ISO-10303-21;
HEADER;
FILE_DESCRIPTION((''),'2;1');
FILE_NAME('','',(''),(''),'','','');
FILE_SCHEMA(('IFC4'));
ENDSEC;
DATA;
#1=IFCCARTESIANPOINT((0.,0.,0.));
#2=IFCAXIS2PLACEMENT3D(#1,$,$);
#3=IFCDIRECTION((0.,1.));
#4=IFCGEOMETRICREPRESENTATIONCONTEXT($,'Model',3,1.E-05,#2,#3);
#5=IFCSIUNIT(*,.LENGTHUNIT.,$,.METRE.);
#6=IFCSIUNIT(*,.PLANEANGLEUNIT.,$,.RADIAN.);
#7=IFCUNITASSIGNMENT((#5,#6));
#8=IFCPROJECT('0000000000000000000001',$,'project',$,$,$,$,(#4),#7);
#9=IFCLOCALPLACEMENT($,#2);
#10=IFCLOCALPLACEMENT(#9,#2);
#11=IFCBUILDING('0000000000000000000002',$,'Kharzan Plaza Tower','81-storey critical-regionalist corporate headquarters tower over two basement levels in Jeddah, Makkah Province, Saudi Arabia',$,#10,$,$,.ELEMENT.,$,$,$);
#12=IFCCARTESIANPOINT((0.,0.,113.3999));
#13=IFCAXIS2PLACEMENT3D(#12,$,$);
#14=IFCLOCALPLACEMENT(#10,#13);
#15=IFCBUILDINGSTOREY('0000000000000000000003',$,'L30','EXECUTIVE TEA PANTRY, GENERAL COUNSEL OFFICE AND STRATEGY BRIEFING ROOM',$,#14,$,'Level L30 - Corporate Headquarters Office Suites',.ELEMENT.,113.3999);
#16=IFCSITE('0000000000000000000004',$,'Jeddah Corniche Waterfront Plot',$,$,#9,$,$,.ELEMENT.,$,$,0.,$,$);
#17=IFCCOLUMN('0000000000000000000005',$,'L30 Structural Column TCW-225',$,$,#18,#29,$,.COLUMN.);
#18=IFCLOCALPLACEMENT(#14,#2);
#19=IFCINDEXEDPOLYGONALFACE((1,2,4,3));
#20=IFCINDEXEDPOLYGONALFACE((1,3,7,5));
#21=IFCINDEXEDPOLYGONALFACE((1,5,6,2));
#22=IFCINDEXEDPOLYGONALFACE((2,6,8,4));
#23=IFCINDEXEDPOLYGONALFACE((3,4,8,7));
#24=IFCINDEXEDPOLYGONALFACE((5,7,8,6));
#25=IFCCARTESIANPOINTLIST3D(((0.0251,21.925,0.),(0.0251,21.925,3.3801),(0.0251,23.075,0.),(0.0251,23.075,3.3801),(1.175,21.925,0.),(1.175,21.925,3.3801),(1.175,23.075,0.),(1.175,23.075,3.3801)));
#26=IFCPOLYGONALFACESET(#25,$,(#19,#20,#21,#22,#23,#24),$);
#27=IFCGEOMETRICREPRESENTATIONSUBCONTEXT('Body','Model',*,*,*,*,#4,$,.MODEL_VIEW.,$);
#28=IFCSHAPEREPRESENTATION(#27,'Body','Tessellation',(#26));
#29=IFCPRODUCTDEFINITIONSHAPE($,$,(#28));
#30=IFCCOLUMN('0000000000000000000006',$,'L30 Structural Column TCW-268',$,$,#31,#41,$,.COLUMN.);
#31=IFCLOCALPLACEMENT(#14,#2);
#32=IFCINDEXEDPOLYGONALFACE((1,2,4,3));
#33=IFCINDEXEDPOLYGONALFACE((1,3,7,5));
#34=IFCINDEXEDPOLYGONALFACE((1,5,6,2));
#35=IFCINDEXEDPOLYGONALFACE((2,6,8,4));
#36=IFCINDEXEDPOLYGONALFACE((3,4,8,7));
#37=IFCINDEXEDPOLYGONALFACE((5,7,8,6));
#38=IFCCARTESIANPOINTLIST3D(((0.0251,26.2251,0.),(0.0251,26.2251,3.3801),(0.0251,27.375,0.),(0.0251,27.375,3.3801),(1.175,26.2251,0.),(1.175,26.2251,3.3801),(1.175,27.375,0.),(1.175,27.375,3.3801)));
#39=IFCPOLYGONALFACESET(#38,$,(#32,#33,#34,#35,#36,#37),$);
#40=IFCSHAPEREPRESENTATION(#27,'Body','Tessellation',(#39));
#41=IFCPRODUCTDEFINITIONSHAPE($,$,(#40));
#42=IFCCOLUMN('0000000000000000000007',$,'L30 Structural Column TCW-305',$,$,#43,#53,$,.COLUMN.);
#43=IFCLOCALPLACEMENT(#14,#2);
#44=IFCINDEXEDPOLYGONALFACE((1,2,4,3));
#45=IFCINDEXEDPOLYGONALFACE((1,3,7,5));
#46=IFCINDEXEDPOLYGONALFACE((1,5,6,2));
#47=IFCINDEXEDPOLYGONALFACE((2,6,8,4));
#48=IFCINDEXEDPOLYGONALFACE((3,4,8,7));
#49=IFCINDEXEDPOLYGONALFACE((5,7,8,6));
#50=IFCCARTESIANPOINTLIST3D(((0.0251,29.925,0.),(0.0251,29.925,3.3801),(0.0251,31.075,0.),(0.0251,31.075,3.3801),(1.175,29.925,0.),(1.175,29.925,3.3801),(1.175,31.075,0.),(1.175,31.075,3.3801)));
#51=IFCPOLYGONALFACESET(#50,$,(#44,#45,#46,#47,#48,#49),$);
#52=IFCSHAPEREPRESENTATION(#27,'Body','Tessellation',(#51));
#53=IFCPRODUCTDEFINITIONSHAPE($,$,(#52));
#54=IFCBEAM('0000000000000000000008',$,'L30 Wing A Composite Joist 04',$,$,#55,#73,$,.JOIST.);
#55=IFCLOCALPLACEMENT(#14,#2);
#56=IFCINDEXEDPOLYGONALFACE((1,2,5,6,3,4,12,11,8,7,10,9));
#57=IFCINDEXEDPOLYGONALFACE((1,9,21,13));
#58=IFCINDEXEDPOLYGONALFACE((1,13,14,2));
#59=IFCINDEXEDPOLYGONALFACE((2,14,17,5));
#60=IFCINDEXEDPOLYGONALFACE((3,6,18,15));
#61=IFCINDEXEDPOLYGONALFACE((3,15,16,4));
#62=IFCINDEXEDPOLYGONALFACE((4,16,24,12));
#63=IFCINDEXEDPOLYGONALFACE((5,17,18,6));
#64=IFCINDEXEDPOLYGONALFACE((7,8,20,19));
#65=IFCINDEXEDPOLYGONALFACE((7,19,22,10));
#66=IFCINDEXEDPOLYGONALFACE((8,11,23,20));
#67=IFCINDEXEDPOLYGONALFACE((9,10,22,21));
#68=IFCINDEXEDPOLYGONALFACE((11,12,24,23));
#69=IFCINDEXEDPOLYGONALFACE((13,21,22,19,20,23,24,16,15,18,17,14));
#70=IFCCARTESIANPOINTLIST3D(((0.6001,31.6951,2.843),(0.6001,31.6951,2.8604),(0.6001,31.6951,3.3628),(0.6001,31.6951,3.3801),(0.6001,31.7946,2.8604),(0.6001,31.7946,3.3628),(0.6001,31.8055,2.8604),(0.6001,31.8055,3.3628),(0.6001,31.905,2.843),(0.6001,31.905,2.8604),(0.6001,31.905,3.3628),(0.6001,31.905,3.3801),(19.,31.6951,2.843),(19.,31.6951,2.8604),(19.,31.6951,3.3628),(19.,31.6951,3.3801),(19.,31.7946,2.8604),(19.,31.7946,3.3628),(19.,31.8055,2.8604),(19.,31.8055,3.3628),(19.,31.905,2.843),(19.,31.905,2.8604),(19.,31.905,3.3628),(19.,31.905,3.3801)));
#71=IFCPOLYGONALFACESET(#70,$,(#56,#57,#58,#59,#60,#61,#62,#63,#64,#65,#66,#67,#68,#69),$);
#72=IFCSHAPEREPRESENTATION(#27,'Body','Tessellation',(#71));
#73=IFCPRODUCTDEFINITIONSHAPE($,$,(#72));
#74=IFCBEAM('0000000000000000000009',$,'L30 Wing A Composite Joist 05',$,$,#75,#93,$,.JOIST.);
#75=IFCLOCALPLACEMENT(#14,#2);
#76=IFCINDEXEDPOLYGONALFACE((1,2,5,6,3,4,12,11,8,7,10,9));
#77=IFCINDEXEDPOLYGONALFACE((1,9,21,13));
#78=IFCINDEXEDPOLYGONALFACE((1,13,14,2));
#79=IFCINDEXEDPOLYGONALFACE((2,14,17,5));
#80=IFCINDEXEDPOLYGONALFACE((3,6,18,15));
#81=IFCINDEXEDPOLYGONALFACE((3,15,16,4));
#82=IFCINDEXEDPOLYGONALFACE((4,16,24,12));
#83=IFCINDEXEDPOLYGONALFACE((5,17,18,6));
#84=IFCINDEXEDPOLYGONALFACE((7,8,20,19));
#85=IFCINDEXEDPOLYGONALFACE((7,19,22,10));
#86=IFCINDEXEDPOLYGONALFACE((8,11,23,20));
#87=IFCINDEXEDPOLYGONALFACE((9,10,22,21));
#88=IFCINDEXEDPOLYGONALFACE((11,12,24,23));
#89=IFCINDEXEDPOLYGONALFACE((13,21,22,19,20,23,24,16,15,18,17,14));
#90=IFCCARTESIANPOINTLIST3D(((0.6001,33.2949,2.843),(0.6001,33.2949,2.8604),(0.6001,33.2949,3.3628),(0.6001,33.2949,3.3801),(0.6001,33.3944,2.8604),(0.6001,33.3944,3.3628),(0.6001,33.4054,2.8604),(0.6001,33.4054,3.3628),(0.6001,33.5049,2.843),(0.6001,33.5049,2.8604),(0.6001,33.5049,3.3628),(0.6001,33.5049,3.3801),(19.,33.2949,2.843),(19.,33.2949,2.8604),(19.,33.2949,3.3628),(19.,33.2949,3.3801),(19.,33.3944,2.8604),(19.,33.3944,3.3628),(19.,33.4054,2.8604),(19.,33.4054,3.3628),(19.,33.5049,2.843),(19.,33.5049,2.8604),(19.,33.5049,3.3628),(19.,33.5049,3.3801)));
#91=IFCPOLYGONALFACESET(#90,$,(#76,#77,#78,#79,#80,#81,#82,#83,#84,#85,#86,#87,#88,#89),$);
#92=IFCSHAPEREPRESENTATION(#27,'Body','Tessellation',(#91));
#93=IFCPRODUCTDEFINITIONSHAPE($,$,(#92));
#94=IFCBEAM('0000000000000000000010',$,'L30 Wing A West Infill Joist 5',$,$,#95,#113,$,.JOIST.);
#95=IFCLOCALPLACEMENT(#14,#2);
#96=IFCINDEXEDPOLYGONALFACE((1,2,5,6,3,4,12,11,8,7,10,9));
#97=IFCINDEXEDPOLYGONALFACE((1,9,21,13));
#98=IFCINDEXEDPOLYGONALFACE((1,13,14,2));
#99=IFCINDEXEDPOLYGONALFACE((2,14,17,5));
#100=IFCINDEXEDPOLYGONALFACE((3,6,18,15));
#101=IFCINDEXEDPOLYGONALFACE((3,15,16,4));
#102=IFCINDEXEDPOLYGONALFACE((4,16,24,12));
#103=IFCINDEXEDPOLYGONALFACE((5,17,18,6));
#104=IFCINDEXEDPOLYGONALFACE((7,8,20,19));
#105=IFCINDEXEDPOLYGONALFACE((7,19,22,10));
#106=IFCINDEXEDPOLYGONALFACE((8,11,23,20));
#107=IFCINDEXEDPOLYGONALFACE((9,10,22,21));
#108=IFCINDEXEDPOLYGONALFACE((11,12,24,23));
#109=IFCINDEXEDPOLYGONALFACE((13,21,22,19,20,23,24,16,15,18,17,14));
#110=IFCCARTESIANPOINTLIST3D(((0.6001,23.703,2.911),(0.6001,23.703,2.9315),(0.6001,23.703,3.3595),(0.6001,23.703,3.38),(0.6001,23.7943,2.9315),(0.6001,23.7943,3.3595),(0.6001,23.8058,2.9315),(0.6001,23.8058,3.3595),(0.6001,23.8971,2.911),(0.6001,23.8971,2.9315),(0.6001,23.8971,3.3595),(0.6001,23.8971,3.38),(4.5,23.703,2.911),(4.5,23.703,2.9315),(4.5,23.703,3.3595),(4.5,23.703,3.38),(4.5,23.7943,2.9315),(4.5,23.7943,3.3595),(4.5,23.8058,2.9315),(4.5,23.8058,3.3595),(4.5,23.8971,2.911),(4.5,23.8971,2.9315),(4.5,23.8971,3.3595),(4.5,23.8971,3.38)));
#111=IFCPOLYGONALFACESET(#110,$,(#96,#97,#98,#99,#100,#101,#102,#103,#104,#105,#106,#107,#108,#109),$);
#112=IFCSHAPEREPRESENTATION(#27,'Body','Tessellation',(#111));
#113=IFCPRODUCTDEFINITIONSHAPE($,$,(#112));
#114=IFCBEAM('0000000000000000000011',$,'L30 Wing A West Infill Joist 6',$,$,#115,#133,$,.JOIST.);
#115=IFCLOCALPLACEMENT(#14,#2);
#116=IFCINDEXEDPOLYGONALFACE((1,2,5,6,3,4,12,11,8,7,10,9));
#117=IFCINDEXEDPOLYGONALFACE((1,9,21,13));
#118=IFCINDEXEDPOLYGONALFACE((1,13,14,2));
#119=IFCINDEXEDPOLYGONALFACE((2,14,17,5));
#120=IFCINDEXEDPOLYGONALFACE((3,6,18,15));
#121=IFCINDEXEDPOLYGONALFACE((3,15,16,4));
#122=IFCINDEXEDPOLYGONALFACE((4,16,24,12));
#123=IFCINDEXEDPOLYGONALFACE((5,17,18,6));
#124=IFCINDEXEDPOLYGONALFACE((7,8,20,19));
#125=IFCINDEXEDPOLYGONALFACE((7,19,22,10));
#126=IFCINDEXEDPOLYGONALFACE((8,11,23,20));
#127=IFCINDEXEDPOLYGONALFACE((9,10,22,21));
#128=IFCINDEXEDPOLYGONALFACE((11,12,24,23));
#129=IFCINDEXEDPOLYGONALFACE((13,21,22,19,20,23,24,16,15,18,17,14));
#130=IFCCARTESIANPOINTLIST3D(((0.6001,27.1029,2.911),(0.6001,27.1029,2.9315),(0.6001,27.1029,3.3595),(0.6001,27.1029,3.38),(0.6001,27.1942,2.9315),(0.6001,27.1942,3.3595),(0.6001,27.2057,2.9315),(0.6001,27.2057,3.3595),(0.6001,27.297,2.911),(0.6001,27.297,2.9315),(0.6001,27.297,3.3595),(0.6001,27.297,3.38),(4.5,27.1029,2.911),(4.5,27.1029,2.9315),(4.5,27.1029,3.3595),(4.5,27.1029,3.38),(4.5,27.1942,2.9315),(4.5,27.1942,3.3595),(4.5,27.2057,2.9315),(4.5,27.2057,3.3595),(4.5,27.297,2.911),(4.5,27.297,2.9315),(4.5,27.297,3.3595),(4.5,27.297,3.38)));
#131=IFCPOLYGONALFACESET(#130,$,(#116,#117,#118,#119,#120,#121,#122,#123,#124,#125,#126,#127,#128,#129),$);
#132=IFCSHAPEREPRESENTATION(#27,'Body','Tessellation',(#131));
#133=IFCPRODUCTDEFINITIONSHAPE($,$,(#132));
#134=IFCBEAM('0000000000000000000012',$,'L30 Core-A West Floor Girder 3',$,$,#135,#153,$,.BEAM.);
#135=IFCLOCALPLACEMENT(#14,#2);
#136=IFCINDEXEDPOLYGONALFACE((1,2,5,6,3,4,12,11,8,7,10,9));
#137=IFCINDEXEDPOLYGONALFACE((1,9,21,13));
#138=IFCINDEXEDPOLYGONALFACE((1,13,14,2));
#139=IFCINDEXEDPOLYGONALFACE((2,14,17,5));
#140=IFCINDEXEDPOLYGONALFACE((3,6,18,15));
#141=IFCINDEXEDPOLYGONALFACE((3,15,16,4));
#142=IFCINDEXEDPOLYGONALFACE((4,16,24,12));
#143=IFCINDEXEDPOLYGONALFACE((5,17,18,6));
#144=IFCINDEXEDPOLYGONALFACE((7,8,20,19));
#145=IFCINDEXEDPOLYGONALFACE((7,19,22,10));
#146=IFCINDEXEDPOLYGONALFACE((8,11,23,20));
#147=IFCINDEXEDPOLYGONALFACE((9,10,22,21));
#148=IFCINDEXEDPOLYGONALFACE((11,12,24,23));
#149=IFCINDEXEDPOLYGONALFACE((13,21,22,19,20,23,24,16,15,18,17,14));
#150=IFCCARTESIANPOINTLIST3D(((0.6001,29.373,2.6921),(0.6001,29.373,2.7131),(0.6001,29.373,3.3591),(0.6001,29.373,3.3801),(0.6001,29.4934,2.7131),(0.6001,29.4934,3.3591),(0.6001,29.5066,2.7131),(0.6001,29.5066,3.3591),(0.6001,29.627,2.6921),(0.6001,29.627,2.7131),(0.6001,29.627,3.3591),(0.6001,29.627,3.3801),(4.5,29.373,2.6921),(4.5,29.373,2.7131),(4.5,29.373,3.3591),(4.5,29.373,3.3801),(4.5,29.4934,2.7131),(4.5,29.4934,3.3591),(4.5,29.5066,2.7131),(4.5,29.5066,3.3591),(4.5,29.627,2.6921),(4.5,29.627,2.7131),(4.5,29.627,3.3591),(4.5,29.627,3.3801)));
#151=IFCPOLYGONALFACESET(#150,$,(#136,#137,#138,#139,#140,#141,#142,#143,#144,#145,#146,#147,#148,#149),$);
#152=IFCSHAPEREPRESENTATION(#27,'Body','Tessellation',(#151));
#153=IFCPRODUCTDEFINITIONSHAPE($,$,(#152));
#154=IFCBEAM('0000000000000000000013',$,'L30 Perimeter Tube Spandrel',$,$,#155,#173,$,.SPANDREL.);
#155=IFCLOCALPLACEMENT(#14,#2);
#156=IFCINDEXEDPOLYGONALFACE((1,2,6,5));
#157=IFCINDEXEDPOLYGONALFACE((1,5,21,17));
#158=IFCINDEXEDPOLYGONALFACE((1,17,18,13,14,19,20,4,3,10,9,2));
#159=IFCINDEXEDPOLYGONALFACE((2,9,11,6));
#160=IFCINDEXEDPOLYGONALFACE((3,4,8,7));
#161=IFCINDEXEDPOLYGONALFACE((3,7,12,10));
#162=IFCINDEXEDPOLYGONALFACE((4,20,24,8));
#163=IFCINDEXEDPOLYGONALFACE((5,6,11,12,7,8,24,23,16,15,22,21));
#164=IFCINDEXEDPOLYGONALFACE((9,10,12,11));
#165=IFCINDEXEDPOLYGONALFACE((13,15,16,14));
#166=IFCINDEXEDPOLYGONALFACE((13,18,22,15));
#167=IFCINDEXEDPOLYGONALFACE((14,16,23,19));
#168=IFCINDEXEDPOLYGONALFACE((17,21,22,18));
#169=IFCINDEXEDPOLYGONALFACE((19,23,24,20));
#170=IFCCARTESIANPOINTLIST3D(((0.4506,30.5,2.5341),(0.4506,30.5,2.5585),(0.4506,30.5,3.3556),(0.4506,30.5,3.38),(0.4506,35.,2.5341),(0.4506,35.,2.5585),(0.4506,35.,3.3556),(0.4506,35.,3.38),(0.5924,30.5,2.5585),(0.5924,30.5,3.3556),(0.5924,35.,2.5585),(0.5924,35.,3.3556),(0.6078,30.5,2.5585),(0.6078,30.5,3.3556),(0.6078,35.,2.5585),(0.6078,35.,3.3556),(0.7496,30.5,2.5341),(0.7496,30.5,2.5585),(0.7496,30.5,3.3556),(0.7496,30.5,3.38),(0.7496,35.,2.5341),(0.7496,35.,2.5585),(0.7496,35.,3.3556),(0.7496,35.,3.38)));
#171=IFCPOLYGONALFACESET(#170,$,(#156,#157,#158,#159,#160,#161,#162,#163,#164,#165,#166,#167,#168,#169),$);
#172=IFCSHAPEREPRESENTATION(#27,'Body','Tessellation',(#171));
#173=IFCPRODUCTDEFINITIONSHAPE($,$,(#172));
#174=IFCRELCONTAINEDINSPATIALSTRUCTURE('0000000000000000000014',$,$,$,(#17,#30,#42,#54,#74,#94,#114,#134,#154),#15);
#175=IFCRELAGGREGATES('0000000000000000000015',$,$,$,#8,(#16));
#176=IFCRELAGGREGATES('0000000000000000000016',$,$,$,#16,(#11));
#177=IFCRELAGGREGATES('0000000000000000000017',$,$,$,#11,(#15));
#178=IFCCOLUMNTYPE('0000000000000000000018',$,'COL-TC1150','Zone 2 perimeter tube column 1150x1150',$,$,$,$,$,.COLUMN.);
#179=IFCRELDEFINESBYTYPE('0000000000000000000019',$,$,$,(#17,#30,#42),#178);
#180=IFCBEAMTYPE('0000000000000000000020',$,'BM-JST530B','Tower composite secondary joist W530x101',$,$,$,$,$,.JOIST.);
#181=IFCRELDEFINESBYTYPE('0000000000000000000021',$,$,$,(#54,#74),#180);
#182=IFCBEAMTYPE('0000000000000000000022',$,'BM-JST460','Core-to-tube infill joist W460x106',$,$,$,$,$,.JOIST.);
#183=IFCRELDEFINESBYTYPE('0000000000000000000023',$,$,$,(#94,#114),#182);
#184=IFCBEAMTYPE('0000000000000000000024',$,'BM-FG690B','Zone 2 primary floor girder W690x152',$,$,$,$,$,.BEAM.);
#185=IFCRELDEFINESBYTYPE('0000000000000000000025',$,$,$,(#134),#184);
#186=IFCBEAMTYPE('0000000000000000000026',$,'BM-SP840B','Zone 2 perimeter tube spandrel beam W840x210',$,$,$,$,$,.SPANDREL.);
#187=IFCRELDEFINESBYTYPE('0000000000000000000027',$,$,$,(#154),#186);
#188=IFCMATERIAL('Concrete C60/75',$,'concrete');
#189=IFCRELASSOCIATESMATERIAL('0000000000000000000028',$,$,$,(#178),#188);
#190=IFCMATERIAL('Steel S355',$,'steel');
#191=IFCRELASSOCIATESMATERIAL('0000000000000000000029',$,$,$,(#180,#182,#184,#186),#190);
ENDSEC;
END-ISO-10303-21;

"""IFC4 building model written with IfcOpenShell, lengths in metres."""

from ifc_helpers import new_model, si_unit, direction, frame, origin, origin_2d, place, context, subcontext, project, spatial, rectangle, i_section, extrude, source, transform, mapped, material, material_profile, profile_set, type_object, element, save


model = new_model("IFC4")

# Units and contexts
model_context = context("Model", 3, precision=1e-05, world=origin(), true_north=direction((0.0, 1.0)))
body_context = subcontext(model_context, "Body", "Model", "MODEL_VIEW")
ifc_project = project(units=[si_unit("LENGTHUNIT", "METRE"), si_unit("PLANEANGLEUNIT", "RADIAN")], contexts=[model_context])

# Site, building, storey
site_placement = place(None, origin())
site = spatial("IfcSite", under=ifc_project, at=site_placement, Name="Jeddah Corniche Waterfront Plot", CompositionType="ELEMENT", RefElevation=0.0)
building_placement = place(site_placement, origin())
building = spatial("IfcBuilding", under=site, at=building_placement, Name="Kharzan Plaza Tower", Description="81-storey critical-regionalist corporate headquarters tower over two basement levels in Jeddah, Makkah Province, Saudi Arabia", CompositionType="ELEMENT")
storey_placement = place(building_placement, frame((0.0, 0.0, 113.3999)))
storey = spatial("IfcBuildingStorey", under=building, at=storey_placement, Name="L30", Description="EXECUTIVE TEA PANTRY, GENERAL COUNSEL OFFICE AND STRATEGY BRIEFING ROOM", LongName="Level L30 - Corporate Headquarters Office Suites", CompositionType="ELEMENT", Elevation=113.3999)

# Columns
ifc_material_1 = material(Name="Concrete C60/75", Category="concrete")
ifc_material_profile_1 = material_profile(ifc_material_1, rectangle(XDim=1.1499, YDim=1.1499, at=origin_2d()), Name="RC-TC1150x1150")
ifc_profile_set_1 = profile_set([ifc_material_profile_1], Name="Concrete C60/75")
column_type = type_object("IfcColumnType", Name="COL-TC1150", Description="Zone 2 perimeter tube column 1150x1150", PredefinedType="COLUMN", material=ifc_profile_set_1)
shared_shape_1 = source(origin(), body_context, "Body", "SweptSolid", [
    extrude(rectangle(XDim=1.1499, YDim=1.1499, at=origin_2d()), origin(), (0.0, 0.0, 1.0), 3.3801),
])
for number, where, z_axis, x_axis, name in (
    (1, (0.6001, 22.5, 0.0), (0.0, 0.0, 1.0), (1.0, 0.0, 0.0), "L30 Structural Column TCW-225"),
    (2, (0.6001, 26.8, 0.0), (0.0, 0.0, 1.0), (1.0, 0.0, 0.0), "L30 Structural Column TCW-268"),
    (3, (0.6001, 30.5, 0.0), (0.0, 0.0, 1.0), (1.0, 0.0, 0.0), "L30 Structural Column TCW-305"),
):
    element("IfcColumn", number, at=place(storey_placement, frame(where, z_axis=z_axis, x_axis=x_axis)), inside=storey, type_object=column_type, Name=name, PredefinedType="COLUMN", context=body_context, shape_type="MappedRepresentation", body=[
        mapped(shared_shape_1, transform((0.0, 0.0, 0.0), x_axis=(1.0, 0.0, 0.0), y_axis=(0.0, 1.0, 0.0), z_axis=(0.0, 0.0, 1.0))),
    ])

# Beams
ifc_material_2 = material(Name="Steel S355", Category="steel")
ifc_material_profile_2 = material_profile(ifc_material_2, i_section(OverallWidth=0.21, OverallDepth=0.5371, WebThickness=0.011, FlangeThickness=0.0173, at=origin_2d()), Name="W530x101")
ifc_profile_set_2 = profile_set([ifc_material_profile_2], Name="Steel S355")
beam_type_1 = type_object("IfcBeamType", Name="BM-JST530B", Description="Tower composite secondary joist W530x101", PredefinedType="JOIST", material=ifc_profile_set_2)
shared_shape_2 = source(origin(), body_context, "Body", "SweptSolid", [
    extrude(i_section(OverallWidth=0.21, OverallDepth=0.5371, WebThickness=0.011, FlangeThickness=0.0173, at=origin_2d()), origin(), (0.0, 0.0, 1.0), 18.3999),
])
for number, where, z_axis, x_axis, name in (
    (4, (0.6001, 31.8, 3.1116), (1.0, 0.0, 0.0), (0.0, 1.0, 0.0), "L30 Wing A Composite Joist 04"),
    (5, (0.6001, 33.3999, 3.1116), (1.0, 0.0, 0.0), (0.0, 1.0, 0.0), "L30 Wing A Composite Joist 05"),
):
    element("IfcBeam", number, at=place(storey_placement, frame(where, z_axis=z_axis, x_axis=x_axis)), inside=storey, type_object=beam_type_1, Name=name, PredefinedType="JOIST", context=body_context, shape_type="MappedRepresentation", body=[
        mapped(shared_shape_2, transform((0.0, 0.0, 0.0), x_axis=(1.0, 0.0, 0.0), y_axis=(0.0, 1.0, 0.0), z_axis=(0.0, 0.0, 1.0))),
    ])
ifc_material_profile_3 = material_profile(ifc_material_2, i_section(OverallWidth=0.1941, OverallDepth=0.469, WebThickness=0.0115, FlangeThickness=0.0205, at=origin_2d()), Name="W460x106")
ifc_profile_set_3 = profile_set([ifc_material_profile_3], Name="Steel S355")
beam_type_2 = type_object("IfcBeamType", Name="BM-JST460", Description="Core-to-tube infill joist W460x106", PredefinedType="JOIST", material=ifc_profile_set_3)
shared_shape_3 = source(origin(), body_context, "Body", "SweptSolid", [
    extrude(i_section(OverallWidth=0.1941, OverallDepth=0.469, WebThickness=0.0115, FlangeThickness=0.0205, at=origin_2d()), origin(), (0.0, 0.0, 1.0), 3.8999),
])
for number, where, z_axis, x_axis, name in (
    (6, (0.6001, 23.8, 3.1455), (1.0, 0.0, 0.0), (0.0, 1.0, 0.0), "L30 Wing A West Infill Joist 5"),
    (7, (0.6001, 27.2, 3.1455), (1.0, 0.0, 0.0), (0.0, 1.0, 0.0), "L30 Wing A West Infill Joist 6"),
):
    element("IfcBeam", number, at=place(storey_placement, frame(where, z_axis=z_axis, x_axis=x_axis)), inside=storey, type_object=beam_type_2, Name=name, PredefinedType="JOIST", context=body_context, shape_type="MappedRepresentation", body=[
        mapped(shared_shape_3, transform((0.0, 0.0, 0.0), x_axis=(1.0, 0.0, 0.0), y_axis=(0.0, 1.0, 0.0), z_axis=(0.0, 0.0, 1.0))),
    ])
ifc_material_profile_4 = material_profile(ifc_material_2, i_section(OverallWidth=0.2539, OverallDepth=0.688, WebThickness=0.0132, FlangeThickness=0.021, at=origin_2d()), Name="W690x152")
ifc_profile_set_4 = profile_set([ifc_material_profile_4], Name="Steel S355")
beam_type_3 = type_object("IfcBeamType", Name="BM-FG690B", Description="Zone 2 primary floor girder W690x152", PredefinedType="BEAM", material=ifc_profile_set_4)
shared_shape_4 = source(origin(), body_context, "Body", "SweptSolid", [
    extrude(i_section(OverallWidth=0.2539, OverallDepth=0.688, WebThickness=0.0132, FlangeThickness=0.021, at=origin_2d()), origin(), (0.0, 0.0, 1.0), 3.8999),
])
beam_1_placement = place(storey_placement, frame((0.6001, 29.5, 3.0361), z_axis=(1.0, 0.0, 0.0), x_axis=(0.0, 1.0, 0.0)))
element("IfcBeam", 8, at=beam_1_placement, inside=storey, type_object=beam_type_3, Name="L30 Core-A West Floor Girder 3", PredefinedType="BEAM", context=body_context, shape_type="MappedRepresentation", body=[
    mapped(shared_shape_4, transform((0.0, 0.0, 0.0), x_axis=(1.0, 0.0, 0.0), y_axis=(0.0, 1.0, 0.0), z_axis=(0.0, 0.0, 1.0))),
])
ifc_material_profile_5 = material_profile(ifc_material_2, i_section(OverallWidth=0.2991, OverallDepth=0.8459, WebThickness=0.0154, FlangeThickness=0.0244, at=origin_2d()), Name="W840x210")
ifc_profile_set_5 = profile_set([ifc_material_profile_5], Name="Steel S355")
beam_type_4 = type_object("IfcBeamType", Name="BM-SP840B", Description="Zone 2 perimeter tube spandrel beam W840x210", PredefinedType="SPANDREL", material=ifc_profile_set_5)
shared_shape_5 = source(origin(), body_context, "Body", "SweptSolid", [
    extrude(i_section(OverallWidth=0.2991, OverallDepth=0.8459, WebThickness=0.0154, FlangeThickness=0.0244, at=origin_2d()), origin(), (0.0, 0.0, 1.0), 4.5),
])
beam_2_placement = place(storey_placement, frame((0.6001, 30.5, 2.957), z_axis=(0.0, 1.0, 0.0), x_axis=(-1.0, 0.0, 0.0)))
element("IfcBeam", 9, at=beam_2_placement, inside=storey, type_object=beam_type_4, Name="L30 Perimeter Tube Spandrel", PredefinedType="SPANDREL", context=body_context, shape_type="MappedRepresentation", body=[
    mapped(shared_shape_5, transform((0.0, 0.0, 0.0), x_axis=(1.0, 0.0, 0.0), y_axis=(0.0, 1.0, 0.0), z_axis=(0.0, 0.0, 1.0))),
])

save(model, "model.ifc")
